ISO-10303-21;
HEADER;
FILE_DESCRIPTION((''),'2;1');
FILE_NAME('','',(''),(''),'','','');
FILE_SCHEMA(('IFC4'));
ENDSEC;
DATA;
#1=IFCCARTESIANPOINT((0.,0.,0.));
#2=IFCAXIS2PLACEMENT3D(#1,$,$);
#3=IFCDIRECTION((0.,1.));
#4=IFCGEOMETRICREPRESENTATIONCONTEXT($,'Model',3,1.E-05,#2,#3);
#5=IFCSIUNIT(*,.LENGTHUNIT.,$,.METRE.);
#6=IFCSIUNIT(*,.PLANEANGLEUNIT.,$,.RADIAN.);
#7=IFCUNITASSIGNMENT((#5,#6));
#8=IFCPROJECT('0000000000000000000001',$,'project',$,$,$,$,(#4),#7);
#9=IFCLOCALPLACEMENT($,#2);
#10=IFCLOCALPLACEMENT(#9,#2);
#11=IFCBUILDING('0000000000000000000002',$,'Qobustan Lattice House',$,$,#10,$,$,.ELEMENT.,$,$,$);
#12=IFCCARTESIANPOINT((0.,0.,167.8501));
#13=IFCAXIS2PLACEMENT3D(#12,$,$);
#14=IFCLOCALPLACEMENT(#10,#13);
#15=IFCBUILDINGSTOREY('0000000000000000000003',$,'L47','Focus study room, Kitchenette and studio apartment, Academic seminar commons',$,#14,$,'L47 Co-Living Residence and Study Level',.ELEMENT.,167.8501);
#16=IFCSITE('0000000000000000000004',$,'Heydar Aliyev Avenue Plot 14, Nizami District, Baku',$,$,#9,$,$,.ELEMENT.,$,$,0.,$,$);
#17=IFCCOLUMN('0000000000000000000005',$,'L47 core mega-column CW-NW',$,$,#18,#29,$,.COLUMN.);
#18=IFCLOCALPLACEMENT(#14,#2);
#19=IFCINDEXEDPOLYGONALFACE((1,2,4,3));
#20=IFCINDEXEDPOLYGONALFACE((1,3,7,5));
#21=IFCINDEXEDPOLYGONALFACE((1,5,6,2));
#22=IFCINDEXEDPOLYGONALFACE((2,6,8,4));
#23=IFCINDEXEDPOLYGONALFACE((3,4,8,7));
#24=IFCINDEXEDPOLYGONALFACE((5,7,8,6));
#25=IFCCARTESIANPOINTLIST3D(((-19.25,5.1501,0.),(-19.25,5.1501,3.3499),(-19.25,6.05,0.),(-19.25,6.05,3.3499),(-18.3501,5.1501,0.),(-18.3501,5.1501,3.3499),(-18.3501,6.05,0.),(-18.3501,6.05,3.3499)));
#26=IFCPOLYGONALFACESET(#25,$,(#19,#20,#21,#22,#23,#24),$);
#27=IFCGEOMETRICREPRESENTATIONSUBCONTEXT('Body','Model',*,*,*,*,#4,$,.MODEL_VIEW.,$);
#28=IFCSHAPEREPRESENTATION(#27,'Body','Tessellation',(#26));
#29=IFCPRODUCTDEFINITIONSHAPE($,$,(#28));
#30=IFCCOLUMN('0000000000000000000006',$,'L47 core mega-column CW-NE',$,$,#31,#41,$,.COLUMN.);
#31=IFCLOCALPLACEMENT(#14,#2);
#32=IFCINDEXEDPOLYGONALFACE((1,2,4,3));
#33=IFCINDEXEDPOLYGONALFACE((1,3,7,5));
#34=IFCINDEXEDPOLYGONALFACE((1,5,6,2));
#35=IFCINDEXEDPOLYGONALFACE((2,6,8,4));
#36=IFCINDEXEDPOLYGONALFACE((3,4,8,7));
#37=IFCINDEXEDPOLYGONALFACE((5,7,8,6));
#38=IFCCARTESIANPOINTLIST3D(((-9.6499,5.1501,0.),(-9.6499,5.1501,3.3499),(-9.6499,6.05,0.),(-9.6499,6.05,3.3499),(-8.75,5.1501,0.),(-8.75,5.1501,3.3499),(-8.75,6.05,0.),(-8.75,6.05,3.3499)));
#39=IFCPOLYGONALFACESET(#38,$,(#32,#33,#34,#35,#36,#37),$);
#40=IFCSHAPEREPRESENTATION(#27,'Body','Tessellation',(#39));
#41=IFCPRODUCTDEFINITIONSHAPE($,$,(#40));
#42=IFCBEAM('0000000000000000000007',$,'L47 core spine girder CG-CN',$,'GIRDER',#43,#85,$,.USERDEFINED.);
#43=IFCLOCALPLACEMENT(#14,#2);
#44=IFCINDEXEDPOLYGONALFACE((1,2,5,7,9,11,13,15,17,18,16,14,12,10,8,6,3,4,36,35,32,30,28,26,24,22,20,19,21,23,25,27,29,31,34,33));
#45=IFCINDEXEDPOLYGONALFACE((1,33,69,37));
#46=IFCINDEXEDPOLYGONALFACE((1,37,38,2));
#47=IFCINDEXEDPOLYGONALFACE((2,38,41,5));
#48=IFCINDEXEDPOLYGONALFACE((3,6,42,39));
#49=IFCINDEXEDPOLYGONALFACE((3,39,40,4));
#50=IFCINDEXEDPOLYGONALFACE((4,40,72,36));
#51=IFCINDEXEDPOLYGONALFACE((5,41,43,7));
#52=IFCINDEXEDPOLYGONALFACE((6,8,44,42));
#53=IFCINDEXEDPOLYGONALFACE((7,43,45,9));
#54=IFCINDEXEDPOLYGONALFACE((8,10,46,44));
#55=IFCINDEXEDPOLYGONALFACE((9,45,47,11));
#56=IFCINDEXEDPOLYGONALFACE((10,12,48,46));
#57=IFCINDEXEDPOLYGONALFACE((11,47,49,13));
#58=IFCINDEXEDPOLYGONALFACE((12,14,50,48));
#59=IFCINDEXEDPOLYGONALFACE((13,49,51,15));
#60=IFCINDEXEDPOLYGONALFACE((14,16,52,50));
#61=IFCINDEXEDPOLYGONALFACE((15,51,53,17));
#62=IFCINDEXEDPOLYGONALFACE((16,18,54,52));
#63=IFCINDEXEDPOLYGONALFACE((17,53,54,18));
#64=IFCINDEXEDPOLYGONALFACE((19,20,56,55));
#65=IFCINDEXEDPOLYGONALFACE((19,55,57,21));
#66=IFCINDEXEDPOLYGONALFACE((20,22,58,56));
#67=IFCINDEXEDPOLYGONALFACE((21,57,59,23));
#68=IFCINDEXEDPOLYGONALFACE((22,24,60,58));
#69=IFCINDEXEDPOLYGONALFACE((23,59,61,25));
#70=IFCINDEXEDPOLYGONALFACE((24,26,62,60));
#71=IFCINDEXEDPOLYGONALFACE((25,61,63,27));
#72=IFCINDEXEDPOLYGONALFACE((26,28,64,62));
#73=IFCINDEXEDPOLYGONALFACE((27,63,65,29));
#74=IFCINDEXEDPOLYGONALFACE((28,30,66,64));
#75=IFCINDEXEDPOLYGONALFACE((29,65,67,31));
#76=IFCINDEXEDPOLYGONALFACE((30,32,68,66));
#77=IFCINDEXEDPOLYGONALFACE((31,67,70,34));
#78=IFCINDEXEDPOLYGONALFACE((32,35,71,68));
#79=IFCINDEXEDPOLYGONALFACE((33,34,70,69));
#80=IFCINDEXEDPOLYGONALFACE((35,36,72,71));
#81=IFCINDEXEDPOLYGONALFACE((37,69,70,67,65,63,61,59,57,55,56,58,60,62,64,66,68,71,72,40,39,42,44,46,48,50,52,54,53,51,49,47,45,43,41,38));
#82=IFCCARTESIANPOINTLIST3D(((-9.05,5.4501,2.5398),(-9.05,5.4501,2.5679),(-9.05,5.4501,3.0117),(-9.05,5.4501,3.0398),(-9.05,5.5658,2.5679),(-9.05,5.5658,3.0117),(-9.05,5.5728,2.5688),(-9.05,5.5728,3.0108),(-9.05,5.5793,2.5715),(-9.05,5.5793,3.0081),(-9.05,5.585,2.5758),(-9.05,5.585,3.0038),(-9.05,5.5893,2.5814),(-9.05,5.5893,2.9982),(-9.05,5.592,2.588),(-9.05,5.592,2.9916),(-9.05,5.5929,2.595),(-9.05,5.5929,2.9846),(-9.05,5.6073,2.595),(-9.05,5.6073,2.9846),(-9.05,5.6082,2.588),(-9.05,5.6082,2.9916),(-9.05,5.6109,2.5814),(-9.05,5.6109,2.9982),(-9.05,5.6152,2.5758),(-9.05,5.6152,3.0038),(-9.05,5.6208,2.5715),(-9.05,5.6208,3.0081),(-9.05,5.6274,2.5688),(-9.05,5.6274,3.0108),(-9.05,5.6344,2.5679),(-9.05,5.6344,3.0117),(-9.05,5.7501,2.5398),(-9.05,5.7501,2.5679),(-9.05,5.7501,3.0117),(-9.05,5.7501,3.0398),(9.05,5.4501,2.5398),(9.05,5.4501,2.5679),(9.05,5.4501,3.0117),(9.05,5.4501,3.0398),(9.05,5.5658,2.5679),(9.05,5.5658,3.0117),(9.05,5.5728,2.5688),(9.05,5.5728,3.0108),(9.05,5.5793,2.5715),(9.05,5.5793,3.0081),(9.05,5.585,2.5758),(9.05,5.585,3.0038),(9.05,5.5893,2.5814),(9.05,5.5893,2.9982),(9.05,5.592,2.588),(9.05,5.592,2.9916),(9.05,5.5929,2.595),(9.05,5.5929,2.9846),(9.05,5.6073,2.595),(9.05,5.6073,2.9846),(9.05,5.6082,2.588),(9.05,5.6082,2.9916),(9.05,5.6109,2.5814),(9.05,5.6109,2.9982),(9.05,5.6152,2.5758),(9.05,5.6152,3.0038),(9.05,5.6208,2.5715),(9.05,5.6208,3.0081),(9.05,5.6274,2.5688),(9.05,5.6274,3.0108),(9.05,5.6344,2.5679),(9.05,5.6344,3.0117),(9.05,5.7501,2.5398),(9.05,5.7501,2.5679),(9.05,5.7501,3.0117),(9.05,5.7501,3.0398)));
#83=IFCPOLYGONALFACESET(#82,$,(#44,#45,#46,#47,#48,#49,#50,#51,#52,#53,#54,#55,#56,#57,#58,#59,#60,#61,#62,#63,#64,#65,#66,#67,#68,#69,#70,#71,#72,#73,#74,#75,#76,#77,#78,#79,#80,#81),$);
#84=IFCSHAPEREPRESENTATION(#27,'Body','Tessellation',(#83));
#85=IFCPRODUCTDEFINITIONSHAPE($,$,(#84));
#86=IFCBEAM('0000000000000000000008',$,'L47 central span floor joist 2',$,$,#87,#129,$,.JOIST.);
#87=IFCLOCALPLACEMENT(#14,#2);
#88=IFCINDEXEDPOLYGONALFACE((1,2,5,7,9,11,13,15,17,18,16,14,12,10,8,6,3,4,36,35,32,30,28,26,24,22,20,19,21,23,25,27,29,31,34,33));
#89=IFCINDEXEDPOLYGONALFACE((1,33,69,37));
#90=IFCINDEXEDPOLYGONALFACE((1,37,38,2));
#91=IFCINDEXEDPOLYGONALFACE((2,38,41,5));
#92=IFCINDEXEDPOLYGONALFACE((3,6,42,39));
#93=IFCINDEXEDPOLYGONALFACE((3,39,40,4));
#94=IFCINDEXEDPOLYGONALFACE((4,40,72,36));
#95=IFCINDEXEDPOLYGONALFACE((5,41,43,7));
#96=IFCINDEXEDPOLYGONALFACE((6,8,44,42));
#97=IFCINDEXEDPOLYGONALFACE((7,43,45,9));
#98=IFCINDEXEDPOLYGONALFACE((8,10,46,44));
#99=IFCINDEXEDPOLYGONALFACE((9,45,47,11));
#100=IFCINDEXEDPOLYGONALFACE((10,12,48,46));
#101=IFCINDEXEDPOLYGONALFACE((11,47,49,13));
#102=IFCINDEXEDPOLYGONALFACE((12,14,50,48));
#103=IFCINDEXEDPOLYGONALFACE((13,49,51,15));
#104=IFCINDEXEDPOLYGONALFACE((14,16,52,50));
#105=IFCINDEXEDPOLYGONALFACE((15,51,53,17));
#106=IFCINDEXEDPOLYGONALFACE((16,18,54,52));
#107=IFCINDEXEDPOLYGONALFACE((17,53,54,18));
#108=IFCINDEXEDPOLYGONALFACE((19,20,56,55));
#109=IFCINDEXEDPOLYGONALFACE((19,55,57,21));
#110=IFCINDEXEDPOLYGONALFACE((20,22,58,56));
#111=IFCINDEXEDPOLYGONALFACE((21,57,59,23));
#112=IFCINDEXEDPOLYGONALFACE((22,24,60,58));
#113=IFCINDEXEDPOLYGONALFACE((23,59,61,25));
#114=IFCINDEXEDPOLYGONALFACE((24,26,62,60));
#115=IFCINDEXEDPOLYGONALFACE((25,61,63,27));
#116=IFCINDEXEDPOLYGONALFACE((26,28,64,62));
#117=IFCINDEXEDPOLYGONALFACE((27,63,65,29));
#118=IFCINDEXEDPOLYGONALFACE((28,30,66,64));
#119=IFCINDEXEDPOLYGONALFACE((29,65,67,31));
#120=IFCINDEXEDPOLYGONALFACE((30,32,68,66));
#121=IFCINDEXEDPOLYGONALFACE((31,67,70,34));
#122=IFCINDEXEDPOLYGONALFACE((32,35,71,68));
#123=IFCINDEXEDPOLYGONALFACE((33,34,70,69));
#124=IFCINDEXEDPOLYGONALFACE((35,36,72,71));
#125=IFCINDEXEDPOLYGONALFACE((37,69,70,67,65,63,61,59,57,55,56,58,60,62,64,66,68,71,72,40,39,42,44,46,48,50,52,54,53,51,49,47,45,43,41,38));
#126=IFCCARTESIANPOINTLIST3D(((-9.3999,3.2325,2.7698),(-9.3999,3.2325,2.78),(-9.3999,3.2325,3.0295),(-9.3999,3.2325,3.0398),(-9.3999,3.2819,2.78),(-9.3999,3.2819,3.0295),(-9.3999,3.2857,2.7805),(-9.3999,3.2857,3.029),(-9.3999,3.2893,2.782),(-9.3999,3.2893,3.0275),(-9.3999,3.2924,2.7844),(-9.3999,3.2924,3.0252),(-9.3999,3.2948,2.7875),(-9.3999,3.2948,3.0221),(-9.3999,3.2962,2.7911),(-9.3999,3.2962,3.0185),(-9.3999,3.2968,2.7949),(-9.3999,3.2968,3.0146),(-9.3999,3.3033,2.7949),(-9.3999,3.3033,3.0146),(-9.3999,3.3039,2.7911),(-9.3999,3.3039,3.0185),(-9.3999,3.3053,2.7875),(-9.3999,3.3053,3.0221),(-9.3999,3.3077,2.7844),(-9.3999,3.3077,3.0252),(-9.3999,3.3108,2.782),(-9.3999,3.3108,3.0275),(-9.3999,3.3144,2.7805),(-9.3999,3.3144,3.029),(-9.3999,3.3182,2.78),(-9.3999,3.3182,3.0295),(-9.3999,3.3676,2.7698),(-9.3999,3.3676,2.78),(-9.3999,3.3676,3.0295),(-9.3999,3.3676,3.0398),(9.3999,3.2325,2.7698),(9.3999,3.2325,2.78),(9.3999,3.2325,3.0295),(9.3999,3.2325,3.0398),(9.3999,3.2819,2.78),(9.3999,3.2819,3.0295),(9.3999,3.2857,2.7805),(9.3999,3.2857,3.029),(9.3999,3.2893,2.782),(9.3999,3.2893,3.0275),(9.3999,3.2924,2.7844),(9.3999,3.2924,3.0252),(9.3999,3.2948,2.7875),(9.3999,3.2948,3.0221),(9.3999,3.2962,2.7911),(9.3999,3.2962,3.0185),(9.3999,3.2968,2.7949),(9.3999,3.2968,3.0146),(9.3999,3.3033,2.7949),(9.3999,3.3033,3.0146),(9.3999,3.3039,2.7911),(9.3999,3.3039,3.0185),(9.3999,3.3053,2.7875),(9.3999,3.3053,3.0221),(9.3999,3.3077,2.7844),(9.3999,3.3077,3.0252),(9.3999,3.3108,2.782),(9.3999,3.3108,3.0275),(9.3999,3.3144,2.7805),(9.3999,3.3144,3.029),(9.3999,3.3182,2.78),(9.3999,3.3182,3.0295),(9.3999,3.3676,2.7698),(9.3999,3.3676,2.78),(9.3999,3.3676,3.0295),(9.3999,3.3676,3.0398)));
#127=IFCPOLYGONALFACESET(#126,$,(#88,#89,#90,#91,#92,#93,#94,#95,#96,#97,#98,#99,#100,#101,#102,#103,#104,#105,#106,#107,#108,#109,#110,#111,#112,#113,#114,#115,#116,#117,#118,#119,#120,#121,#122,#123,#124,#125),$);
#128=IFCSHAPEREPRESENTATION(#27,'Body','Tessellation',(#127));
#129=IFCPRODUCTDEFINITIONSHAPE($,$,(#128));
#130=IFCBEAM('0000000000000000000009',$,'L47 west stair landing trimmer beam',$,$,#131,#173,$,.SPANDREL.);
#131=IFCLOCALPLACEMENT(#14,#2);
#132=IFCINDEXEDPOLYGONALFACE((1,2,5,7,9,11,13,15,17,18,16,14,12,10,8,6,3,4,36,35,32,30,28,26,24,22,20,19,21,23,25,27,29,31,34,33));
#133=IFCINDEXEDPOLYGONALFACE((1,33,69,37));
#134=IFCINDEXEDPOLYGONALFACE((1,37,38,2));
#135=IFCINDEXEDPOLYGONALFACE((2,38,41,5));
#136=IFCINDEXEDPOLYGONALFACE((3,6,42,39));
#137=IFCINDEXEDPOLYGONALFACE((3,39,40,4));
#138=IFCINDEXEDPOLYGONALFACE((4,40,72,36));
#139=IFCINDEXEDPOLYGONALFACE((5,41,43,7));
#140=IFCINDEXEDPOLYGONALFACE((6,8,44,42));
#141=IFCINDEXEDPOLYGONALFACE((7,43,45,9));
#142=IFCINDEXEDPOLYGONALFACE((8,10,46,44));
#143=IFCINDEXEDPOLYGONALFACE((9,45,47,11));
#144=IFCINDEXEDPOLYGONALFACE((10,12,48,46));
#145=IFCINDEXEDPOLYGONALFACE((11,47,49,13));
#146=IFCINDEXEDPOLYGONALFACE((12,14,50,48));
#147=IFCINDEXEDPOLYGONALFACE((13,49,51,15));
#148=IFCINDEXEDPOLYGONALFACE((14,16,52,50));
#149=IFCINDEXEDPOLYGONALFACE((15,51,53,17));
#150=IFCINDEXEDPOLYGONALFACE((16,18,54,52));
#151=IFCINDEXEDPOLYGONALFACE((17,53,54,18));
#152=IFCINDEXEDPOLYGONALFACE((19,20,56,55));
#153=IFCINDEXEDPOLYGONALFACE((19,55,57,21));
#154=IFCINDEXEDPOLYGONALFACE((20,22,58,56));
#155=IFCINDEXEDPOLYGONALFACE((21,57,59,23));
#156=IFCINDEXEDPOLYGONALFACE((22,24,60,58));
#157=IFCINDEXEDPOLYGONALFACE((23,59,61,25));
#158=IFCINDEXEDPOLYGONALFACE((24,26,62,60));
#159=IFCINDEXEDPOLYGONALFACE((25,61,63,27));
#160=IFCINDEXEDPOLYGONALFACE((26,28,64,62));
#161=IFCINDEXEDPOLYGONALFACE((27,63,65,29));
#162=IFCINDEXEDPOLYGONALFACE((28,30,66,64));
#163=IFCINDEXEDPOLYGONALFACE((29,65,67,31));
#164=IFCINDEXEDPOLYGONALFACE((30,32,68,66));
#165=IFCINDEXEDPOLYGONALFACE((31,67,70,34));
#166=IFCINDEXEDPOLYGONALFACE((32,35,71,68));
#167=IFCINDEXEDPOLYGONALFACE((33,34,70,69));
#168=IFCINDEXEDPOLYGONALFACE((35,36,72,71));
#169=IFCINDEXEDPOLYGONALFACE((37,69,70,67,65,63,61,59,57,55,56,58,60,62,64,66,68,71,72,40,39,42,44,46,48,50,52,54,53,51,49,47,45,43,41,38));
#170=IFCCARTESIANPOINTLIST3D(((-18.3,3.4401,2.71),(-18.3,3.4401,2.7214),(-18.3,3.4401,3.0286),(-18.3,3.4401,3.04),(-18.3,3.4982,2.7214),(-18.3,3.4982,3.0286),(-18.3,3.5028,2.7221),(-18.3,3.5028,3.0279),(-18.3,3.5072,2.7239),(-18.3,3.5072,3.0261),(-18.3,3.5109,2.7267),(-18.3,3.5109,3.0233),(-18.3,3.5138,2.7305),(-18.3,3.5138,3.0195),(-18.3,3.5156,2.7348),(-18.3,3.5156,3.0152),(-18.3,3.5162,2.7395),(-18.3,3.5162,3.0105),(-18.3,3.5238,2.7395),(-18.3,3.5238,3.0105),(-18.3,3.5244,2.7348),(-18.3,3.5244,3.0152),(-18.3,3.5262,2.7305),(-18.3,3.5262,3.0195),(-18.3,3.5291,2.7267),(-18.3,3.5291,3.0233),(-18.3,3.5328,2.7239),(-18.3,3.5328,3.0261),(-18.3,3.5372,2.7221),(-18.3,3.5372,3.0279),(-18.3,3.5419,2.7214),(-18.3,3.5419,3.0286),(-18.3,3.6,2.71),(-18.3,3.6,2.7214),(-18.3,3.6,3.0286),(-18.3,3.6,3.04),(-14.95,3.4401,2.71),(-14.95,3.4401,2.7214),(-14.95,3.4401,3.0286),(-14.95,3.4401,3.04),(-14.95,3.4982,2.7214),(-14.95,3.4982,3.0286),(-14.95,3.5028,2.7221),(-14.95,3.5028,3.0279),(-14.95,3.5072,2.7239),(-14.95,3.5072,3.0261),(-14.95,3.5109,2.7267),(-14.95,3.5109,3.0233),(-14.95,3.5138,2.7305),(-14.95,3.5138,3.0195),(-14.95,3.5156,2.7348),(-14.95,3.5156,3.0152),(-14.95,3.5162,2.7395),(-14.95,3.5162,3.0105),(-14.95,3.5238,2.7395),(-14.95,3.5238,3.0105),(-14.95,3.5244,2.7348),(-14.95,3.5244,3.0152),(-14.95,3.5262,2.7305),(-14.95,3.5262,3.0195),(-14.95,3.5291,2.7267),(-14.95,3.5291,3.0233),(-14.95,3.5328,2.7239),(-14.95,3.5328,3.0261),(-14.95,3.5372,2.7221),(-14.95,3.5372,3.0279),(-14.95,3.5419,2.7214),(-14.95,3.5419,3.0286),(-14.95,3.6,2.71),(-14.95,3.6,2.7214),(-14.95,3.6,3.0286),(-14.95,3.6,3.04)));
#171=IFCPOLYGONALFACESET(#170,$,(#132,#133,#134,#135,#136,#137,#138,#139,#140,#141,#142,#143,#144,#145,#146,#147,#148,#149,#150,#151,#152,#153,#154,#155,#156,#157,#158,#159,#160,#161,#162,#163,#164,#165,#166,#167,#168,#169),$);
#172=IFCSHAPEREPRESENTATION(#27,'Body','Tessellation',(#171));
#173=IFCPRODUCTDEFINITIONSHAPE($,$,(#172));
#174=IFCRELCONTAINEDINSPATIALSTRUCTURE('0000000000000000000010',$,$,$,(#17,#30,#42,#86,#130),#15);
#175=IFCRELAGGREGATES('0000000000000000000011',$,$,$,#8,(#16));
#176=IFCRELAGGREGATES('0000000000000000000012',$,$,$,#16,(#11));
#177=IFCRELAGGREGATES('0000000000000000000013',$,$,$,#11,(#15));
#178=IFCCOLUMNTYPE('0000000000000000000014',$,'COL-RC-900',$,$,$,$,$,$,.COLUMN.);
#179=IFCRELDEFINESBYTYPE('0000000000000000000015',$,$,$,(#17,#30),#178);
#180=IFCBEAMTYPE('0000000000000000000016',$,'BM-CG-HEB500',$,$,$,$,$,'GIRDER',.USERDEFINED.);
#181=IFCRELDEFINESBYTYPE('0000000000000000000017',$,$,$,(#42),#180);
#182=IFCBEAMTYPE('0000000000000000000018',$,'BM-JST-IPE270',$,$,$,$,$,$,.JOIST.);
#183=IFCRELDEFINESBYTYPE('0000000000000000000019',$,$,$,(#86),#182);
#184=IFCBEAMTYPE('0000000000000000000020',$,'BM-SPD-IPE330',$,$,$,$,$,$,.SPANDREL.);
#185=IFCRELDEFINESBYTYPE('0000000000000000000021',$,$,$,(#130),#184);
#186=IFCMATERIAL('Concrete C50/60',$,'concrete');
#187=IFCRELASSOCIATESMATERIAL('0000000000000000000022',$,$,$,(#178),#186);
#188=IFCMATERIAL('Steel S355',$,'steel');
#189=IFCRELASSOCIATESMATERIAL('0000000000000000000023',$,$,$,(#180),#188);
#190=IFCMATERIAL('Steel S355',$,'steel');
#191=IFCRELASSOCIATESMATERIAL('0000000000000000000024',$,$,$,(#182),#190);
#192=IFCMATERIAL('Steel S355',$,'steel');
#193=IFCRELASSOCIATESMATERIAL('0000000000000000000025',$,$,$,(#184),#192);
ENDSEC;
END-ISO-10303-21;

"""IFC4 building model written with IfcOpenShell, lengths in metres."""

from ifc_helpers import new_model, si_unit, direction, frame, origin, origin_2d, place, context, subcontext, project, spatial, rectangle, i_section, extrude, material, material_profile, profile_set, type_object, element, save


model = new_model("IFC4")

# Units and contexts
model_context = context("Model", 3, precision=1e-05, world=origin(), true_north=direction((0.0, 1.0)))
body_context = subcontext(model_context, "Body", "Model", "MODEL_VIEW")
ifc_project = project(units=[si_unit("LENGTHUNIT", "METRE"), si_unit("PLANEANGLEUNIT", "RADIAN")], contexts=[model_context])

# Site, building, storey
site_placement = place(None, origin())
site = spatial("IfcSite", under=ifc_project, at=site_placement, Name="Heydar Aliyev Avenue Plot 14, Nizami District, Baku", CompositionType="ELEMENT", RefElevation=0.0)
building_placement = place(site_placement, origin())
building = spatial("IfcBuilding", under=site, at=building_placement, Name="Qobustan Lattice House", CompositionType="ELEMENT")
storey_placement = place(building_placement, frame((0.0, 0.0, 167.8501)))
storey = spatial("IfcBuildingStorey", under=building, at=storey_placement, Name="L47", Description="Focus study room, Kitchenette and studio apartment, Academic seminar commons", LongName="L47 Co-Living Residence and Study Level", CompositionType="ELEMENT", Elevation=167.8501)

# Columns
ifc_material_1 = material(Name="Concrete C50/60", Category="concrete")
ifc_material_profile_1 = material_profile(ifc_material_1, rectangle(XDim=0.8999, YDim=0.8999, at=origin_2d()), Name="RC900x900")
ifc_profile_set_1 = profile_set([ifc_material_profile_1], Name="Concrete C50/60")
column_type = type_object("IfcColumnType", Name="COL-RC-900", PredefinedType="COLUMN", material=ifc_profile_set_1)
for number, where, z_axis, x_axis, name in (
    (1, (-18.8, 5.6001, 0.0), (0.0, 0.0, 1.0), (1.0, 0.0, 0.0), "L47 core mega-column CW-NW"),
    (2, (-9.2, 5.6001, 0.0), (0.0, 0.0, 1.0), (1.0, 0.0, 0.0), "L47 core mega-column CW-NE"),
):
    element("IfcColumn", number, at=place(storey_placement, frame(where, z_axis=z_axis, x_axis=x_axis)), inside=storey, type_object=column_type, Name=name, PredefinedType="COLUMN", context=body_context, shape_type="SweptSolid", body=[
        extrude(rectangle(XDim=0.8999, YDim=0.8999, at=origin_2d()), origin(), (0.0, 0.0, 1.0), 3.3499),
    ])

# Beams
ifc_material_2 = material(Name="Steel S355", Category="steel")
ifc_material_profile_2 = material_profile(ifc_material_2, i_section(OverallWidth=0.3, OverallDepth=0.5, WebThickness=0.0144, FlangeThickness=0.0281, FilletRadius=0.0271, at=origin_2d()), Name="HEB500")
ifc_profile_set_2 = profile_set([ifc_material_profile_2], Name="Steel S355")
beam_type_1 = type_object("IfcBeamType", Name="BM-CG-HEB500", ElementType="GIRDER", PredefinedType="USERDEFINED", material=ifc_profile_set_2)
beam_1_placement = place(storey_placement, frame((-9.05, 5.6001, 2.7898), z_axis=(1.0, 0.0, 0.0), x_axis=(0.0, 1.0, 0.0)))
element("IfcBeam", 3, at=beam_1_placement, inside=storey, type_object=beam_type_1, Name="L47 core spine girder CG-CN", ObjectType="GIRDER", PredefinedType="USERDEFINED", context=body_context, shape_type="SweptSolid", body=[
    extrude(i_section(OverallWidth=0.3, OverallDepth=0.5, WebThickness=0.0144, FlangeThickness=0.0281, FilletRadius=0.0271, at=origin_2d()), origin(), (0.0, 0.0, 1.0), 18.1001),
])
ifc_material_3 = material(Name="Steel S355", Category="steel")
ifc_material_profile_3 = material_profile(ifc_material_3, i_section(OverallWidth=0.135, OverallDepth=0.27, WebThickness=0.0066, FlangeThickness=0.0103, FilletRadius=0.0149, at=origin_2d()), Name="IPE270")
ifc_profile_set_3 = profile_set([ifc_material_profile_3], Name="Steel S355")
beam_type_2 = type_object("IfcBeamType", Name="BM-JST-IPE270", PredefinedType="JOIST", material=ifc_profile_set_3)
beam_2_placement = place(storey_placement, frame((-9.3999, 3.3, 2.9048), z_axis=(1.0, 0.0, 0.0), x_axis=(0.0, 1.0, 0.0)))
element("IfcBeam", 4, at=beam_2_placement, inside=storey, type_object=beam_type_2, Name="L47 central span floor joist 2", PredefinedType="JOIST", context=body_context, shape_type="SweptSolid", body=[
    extrude(i_section(OverallWidth=0.135, OverallDepth=0.27, WebThickness=0.0066, FlangeThickness=0.0103, FilletRadius=0.0149, at=origin_2d()), origin(), (0.0, 0.0, 1.0), 18.7998),
])
ifc_material_4 = material(Name="Steel S355", Category="steel")
ifc_material_profile_4 = material_profile(ifc_material_4, i_section(OverallWidth=0.1599, OverallDepth=0.3301, WebThickness=0.0076, FlangeThickness=0.0115, FilletRadius=0.0181, at=origin_2d()), Name="IPE330")
ifc_profile_set_4 = profile_set([ifc_material_profile_4], Name="Steel S355")
beam_type_3 = type_object("IfcBeamType", Name="BM-SPD-IPE330", PredefinedType="SPANDREL", material=ifc_profile_set_4)
beam_3_placement = place(storey_placement, frame((-18.3, 3.52, 2.875), z_axis=(1.0, 0.0, 0.0), x_axis=(0.0, 1.0, 0.0)))
element("IfcBeam", 5, at=beam_3_placement, inside=storey, type_object=beam_type_3, Name="L47 west stair landing trimmer beam", PredefinedType="SPANDREL", context=body_context, shape_type="SweptSolid", body=[
    extrude(i_section(OverallWidth=0.1599, OverallDepth=0.3301, WebThickness=0.0076, FlangeThickness=0.0115, FilletRadius=0.0181, at=origin_2d()), origin(), (0.0, 0.0, 1.0), 3.3501),
])

save(model, "model.ifc")
